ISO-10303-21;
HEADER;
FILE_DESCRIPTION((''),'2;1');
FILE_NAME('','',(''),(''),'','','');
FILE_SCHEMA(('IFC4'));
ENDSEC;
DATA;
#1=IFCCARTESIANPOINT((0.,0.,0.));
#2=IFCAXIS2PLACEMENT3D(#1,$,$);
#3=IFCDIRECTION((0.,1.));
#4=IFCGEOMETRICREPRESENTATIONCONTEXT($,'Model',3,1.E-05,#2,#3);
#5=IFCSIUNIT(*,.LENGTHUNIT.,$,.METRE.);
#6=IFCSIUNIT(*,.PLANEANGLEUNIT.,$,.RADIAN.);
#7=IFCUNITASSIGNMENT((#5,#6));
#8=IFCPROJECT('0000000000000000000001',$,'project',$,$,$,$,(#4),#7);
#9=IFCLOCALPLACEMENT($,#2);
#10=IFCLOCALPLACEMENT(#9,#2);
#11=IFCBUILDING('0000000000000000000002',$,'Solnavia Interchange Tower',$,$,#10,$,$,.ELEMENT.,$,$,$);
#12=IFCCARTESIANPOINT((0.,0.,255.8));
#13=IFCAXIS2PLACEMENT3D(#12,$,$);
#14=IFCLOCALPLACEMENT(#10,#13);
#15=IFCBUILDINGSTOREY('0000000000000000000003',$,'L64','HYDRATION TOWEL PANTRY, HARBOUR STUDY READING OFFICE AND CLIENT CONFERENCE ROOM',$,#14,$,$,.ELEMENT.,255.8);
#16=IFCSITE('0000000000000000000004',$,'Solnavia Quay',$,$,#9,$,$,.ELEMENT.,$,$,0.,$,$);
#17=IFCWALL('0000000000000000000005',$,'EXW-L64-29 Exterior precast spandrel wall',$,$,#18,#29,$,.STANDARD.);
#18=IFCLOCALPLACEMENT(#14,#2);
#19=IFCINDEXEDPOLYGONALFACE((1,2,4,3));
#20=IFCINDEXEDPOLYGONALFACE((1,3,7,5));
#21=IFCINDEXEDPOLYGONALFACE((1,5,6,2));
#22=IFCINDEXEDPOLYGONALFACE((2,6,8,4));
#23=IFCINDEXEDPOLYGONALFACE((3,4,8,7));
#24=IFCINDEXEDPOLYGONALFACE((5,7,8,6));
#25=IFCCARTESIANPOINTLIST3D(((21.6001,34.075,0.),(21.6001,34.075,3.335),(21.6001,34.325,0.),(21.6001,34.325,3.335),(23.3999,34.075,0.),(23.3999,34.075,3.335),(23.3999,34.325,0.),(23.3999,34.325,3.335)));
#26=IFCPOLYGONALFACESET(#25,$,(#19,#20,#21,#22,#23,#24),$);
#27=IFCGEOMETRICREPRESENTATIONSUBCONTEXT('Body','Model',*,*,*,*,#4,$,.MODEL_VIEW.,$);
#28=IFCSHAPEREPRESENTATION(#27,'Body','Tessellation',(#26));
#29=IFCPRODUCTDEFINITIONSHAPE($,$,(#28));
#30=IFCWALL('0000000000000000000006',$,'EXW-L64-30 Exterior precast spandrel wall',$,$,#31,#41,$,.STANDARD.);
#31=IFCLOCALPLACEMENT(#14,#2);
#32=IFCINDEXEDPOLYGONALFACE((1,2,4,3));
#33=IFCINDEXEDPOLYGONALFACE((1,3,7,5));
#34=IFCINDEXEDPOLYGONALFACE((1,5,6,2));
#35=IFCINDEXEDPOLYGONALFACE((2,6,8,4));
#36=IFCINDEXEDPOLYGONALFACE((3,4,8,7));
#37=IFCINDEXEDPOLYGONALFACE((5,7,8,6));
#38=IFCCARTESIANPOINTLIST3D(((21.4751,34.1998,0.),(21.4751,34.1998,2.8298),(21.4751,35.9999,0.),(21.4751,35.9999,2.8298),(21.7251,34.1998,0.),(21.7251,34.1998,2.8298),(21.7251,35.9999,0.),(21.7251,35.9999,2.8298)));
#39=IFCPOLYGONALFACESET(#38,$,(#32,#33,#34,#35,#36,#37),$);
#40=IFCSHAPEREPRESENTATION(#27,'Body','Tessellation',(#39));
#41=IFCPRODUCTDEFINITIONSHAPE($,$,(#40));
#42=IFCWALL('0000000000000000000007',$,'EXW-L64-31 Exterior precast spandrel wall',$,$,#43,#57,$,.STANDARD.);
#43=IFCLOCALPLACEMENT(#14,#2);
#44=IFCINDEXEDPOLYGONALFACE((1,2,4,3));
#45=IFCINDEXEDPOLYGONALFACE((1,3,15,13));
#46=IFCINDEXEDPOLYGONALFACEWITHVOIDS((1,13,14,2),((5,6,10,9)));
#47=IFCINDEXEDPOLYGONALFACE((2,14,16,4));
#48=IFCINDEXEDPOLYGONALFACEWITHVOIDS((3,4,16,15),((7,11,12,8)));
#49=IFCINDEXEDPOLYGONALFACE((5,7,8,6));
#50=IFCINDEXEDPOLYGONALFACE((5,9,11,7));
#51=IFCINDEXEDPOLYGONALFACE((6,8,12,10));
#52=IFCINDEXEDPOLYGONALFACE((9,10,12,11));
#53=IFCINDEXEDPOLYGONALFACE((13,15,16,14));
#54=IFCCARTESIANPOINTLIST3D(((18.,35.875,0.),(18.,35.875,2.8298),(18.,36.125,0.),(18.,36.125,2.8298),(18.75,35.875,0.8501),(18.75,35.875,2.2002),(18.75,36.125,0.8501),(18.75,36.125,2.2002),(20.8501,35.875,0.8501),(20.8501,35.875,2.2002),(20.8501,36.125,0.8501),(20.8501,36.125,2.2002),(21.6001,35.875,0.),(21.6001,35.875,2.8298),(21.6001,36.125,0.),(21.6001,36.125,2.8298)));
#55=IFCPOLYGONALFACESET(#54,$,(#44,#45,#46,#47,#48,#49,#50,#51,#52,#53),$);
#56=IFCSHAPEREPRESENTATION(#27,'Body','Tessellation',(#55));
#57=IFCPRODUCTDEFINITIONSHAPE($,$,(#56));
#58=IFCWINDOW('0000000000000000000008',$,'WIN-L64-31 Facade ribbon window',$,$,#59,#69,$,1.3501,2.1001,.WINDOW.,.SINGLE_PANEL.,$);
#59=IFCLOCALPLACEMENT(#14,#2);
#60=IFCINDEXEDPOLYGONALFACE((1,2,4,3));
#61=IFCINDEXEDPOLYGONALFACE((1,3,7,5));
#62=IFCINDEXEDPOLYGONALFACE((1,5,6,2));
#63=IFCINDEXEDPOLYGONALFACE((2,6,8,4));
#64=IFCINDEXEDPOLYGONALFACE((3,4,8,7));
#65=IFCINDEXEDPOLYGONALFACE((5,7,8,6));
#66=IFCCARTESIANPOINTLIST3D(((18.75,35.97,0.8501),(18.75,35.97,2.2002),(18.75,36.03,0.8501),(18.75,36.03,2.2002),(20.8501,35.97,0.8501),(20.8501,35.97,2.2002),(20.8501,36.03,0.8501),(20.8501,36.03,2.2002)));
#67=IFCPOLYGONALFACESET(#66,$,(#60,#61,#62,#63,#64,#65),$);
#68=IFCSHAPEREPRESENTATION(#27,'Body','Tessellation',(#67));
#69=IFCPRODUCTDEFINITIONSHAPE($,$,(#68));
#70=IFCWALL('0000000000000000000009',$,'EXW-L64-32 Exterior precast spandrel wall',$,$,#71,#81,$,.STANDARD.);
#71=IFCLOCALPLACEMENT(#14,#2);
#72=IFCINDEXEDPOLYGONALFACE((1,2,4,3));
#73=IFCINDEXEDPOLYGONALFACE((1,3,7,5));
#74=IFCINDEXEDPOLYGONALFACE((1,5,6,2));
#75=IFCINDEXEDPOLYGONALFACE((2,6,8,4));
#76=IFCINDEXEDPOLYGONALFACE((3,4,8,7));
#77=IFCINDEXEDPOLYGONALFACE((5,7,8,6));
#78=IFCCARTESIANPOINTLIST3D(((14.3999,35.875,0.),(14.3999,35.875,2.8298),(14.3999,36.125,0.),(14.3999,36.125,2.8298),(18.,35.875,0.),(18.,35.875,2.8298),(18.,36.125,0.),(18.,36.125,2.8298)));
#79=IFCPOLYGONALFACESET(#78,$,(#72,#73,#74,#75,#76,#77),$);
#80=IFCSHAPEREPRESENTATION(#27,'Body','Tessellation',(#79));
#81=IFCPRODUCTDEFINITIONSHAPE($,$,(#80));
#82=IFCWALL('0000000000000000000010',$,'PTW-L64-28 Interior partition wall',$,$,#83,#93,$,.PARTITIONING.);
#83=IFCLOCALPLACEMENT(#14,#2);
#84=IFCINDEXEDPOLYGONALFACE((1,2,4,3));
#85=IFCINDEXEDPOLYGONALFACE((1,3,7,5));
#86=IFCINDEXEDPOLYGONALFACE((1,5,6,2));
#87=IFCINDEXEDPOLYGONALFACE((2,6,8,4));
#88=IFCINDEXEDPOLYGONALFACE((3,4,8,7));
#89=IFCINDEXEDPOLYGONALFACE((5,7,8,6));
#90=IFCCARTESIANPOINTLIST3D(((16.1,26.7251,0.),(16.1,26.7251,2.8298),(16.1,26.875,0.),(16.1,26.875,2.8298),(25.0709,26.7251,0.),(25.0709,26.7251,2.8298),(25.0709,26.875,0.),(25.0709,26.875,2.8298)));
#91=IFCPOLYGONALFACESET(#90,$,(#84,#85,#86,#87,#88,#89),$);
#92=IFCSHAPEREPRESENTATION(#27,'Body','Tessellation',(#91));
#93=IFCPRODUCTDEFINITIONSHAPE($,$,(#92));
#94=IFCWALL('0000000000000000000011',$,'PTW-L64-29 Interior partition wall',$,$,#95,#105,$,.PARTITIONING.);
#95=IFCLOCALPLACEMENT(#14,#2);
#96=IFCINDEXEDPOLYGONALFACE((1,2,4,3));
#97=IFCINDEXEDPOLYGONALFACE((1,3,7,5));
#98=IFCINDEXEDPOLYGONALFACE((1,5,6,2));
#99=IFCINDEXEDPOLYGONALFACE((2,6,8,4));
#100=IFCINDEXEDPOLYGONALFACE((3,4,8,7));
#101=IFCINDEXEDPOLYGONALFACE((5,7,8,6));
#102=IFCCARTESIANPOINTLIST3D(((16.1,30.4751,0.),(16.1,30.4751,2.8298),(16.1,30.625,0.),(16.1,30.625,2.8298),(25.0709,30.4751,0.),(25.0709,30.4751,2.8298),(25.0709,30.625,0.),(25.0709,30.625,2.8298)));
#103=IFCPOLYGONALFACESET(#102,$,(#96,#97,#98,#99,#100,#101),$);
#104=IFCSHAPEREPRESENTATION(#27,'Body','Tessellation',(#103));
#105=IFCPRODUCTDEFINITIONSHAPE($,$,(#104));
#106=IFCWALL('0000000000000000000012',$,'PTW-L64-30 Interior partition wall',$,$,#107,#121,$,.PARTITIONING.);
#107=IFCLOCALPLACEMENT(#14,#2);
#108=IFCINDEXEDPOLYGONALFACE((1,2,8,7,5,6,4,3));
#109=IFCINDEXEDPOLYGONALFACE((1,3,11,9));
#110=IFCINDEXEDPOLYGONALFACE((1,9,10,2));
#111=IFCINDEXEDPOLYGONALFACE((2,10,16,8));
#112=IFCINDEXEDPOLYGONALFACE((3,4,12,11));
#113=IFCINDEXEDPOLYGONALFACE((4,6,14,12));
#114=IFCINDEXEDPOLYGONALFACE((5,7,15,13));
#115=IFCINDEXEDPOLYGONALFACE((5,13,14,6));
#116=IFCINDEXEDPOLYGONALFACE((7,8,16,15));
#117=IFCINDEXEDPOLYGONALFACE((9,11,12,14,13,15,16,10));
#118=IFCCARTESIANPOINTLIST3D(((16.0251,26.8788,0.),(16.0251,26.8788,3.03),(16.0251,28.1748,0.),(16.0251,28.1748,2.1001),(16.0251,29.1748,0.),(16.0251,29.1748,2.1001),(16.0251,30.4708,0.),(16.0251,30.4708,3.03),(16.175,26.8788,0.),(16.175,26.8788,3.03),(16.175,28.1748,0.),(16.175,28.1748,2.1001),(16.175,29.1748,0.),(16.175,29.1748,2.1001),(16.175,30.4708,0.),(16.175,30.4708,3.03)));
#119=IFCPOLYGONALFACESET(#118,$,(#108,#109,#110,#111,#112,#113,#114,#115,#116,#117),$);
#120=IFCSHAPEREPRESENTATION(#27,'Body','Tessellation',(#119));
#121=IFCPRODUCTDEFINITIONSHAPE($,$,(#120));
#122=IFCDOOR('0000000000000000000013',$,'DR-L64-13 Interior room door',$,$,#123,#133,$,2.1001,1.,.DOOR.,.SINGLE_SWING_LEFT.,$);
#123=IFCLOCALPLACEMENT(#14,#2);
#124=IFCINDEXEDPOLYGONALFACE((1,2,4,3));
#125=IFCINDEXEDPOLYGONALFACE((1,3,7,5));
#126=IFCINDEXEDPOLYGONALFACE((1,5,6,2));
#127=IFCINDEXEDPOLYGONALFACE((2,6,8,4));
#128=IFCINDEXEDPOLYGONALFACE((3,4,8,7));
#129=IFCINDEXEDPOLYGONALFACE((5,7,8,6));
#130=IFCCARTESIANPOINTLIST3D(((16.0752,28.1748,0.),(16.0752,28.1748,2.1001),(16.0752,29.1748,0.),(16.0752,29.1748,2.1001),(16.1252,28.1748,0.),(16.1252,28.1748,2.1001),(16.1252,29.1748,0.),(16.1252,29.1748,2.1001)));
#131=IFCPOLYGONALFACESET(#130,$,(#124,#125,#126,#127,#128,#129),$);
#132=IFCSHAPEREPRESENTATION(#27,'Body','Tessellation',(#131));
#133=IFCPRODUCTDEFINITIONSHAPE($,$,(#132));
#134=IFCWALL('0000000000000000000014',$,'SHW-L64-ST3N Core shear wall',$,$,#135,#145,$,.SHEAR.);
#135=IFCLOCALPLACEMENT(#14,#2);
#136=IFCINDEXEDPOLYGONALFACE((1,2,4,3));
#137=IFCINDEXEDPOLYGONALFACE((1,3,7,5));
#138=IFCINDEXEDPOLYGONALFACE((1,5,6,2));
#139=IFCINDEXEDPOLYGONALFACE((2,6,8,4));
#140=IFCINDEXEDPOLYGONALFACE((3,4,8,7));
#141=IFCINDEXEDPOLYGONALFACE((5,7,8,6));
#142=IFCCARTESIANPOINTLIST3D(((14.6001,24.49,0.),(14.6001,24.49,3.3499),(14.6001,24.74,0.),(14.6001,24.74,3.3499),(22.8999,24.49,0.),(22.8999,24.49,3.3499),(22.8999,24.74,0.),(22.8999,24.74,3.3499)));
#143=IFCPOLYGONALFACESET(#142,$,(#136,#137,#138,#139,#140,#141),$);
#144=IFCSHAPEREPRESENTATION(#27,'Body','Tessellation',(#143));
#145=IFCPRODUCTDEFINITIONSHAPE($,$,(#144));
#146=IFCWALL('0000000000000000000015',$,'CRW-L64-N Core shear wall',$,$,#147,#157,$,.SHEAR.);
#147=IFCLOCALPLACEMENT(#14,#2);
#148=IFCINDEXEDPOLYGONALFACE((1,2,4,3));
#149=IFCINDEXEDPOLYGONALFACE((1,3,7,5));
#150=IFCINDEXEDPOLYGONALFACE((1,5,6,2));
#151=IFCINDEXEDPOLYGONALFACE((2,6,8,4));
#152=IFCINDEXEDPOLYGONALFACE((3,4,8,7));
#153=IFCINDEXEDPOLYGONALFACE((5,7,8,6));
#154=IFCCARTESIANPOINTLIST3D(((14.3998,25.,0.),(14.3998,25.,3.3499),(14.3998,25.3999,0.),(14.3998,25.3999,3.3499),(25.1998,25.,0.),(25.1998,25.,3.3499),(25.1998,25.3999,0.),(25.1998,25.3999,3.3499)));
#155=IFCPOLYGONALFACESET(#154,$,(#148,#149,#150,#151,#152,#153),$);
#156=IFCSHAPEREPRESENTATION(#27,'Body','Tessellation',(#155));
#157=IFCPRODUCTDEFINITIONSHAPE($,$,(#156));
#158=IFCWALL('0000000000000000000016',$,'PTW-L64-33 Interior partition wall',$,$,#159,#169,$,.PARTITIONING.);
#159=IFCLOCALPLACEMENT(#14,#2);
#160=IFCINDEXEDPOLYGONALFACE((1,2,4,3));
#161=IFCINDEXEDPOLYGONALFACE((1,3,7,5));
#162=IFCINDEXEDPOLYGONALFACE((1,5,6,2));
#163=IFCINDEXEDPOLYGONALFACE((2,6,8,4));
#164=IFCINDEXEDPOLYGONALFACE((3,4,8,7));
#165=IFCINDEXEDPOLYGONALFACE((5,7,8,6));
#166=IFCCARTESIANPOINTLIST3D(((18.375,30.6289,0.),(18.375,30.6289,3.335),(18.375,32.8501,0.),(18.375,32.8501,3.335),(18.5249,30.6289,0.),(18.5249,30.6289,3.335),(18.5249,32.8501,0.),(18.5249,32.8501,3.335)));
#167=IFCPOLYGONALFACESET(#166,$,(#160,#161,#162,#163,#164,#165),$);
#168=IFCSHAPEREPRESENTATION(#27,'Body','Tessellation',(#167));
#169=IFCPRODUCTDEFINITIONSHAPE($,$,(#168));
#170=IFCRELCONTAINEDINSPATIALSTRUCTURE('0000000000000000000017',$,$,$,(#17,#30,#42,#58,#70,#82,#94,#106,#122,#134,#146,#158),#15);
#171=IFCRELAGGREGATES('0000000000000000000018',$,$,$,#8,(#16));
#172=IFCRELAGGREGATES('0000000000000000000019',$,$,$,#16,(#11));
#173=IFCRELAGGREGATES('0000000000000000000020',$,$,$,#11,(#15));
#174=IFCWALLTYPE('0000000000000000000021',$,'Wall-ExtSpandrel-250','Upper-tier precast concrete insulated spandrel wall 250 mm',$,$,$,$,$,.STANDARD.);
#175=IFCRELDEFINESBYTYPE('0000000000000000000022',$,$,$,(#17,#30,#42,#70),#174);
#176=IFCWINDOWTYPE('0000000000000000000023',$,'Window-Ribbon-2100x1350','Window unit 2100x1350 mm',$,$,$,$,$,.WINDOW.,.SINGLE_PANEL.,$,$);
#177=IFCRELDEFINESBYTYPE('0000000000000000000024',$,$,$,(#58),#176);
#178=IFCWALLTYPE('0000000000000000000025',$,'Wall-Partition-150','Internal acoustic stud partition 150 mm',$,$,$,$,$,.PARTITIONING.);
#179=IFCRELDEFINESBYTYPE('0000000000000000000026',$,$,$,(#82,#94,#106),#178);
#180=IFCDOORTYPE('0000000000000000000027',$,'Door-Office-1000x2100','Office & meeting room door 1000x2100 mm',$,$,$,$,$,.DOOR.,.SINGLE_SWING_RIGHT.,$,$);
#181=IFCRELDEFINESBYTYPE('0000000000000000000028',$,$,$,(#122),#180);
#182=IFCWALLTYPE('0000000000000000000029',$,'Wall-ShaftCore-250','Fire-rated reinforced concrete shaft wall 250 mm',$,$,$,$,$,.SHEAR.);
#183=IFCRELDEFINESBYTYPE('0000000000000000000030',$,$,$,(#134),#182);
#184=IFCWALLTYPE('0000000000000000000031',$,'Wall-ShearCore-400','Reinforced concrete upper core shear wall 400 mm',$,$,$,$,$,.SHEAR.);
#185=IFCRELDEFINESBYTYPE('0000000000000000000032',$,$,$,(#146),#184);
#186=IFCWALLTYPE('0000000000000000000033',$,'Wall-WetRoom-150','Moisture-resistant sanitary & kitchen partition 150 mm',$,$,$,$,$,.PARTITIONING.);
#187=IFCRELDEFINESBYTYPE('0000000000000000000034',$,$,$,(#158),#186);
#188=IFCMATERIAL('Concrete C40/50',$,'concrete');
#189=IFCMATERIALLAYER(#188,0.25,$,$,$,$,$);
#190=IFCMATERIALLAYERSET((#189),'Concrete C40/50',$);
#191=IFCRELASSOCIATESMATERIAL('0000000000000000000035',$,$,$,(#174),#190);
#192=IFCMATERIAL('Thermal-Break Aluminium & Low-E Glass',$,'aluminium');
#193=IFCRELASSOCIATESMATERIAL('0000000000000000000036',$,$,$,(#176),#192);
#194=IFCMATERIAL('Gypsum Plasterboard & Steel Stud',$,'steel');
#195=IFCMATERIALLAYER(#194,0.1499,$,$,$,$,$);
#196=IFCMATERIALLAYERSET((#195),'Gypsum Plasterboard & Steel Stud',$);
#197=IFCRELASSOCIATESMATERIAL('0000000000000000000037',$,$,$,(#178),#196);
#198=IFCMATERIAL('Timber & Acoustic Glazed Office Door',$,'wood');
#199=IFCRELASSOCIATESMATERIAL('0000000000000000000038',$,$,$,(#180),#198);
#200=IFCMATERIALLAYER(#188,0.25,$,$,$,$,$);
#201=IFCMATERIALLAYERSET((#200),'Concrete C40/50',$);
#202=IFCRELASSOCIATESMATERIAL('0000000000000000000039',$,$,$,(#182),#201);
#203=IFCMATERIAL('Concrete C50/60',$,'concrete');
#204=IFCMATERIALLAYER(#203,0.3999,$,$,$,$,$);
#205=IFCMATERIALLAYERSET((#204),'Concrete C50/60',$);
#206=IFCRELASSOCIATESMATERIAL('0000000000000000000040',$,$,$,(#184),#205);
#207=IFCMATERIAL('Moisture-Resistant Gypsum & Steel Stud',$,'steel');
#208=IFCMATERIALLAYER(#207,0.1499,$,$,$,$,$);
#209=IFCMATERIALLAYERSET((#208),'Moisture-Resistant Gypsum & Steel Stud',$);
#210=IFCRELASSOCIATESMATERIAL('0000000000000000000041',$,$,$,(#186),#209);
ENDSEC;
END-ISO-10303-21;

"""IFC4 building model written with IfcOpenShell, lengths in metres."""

from ifc_helpers import new_model, si_unit, direction, frame, frame_2d, origin, place, context, subcontext, project, spatial, rectangle, extrude, material, layer, layer_set, type_object, element, fill, save


model = new_model("IFC4")

# Units and contexts
model_context = context("Model", 3, precision=1e-05, world=origin(), true_north=direction((0.0, 1.0)))
body_context = subcontext(model_context, "Body", "Model", "MODEL_VIEW")
ifc_project = project(units=[si_unit("LENGTHUNIT", "METRE"), si_unit("PLANEANGLEUNIT", "RADIAN")], contexts=[model_context])

# Site, building, storey
site_placement = place(None, origin())
site = spatial("IfcSite", under=ifc_project, at=site_placement, Name="Solnavia Quay", CompositionType="ELEMENT", RefElevation=0.0)
building_placement = place(site_placement, origin())
building = spatial("IfcBuilding", under=site, at=building_placement, Name="Solnavia Interchange Tower", CompositionType="ELEMENT")
storey_placement = place(building_placement, frame((0.0, 0.0, 255.8)))
storey = spatial("IfcBuildingStorey", under=building, at=storey_placement, Name="L64", Description="HYDRATION TOWEL PANTRY, HARBOUR STUDY READING OFFICE AND CLIENT CONFERENCE ROOM", CompositionType="ELEMENT", Elevation=255.8)

# Shared definitions
ifc_material_1 = material(Name="Concrete C50/60", Category="concrete")

# Walls
ifc_material_2 = material(Name="Concrete C40/50", Category="concrete")
ifc_layer_1 = layer(ifc_material_2, 0.25)
ifc_layer_set_1 = layer_set([ifc_layer_1], Name="Concrete C40/50")
wall_type_1 = type_object("IfcWallType", Name="Wall-ExtSpandrel-250", Description="Upper-tier precast concrete insulated spandrel wall 250 mm", PredefinedType="STANDARD", material=ifc_layer_set_1)
wall_1_placement = place(storey_placement, frame((21.6001, 34.2, 0.0), z_axis=(0.0, 0.0, 1.0), x_axis=(1.0, 0.0, 0.0)))
element("IfcWall", 1, at=wall_1_placement, inside=storey, type_object=wall_type_1, Name="EXW-L64-29 Exterior precast spandrel wall", PredefinedType="STANDARD", context=body_context, shape_type="SweptSolid", body=[
    extrude(rectangle(XDim=1.7998, YDim=0.25, at=frame_2d((0.8999, 0.0))), origin(), (0.0, 0.0, 1.0), 3.335),
])
wall_2_placement = place(storey_placement, frame((21.6001, 34.2, 0.0), z_axis=(0.0, 0.0, 1.0), x_axis=(0.0, 1.0, 0.0)))
element("IfcWall", 2, at=wall_2_placement, inside=storey, type_object=wall_type_1, Name="EXW-L64-30 Exterior precast spandrel wall", PredefinedType="STANDARD", context=body_context, shape_type="SweptSolid", body=[
    extrude(rectangle(XDim=1.8, YDim=0.25, at=frame_2d((0.8999, 0.0))), origin(), (0.0, 0.0, 1.0), 2.8298),
])

# Wall, opening, window
wall_3_placement = place(storey_placement, frame((18.0, 36.0, 0.0), z_axis=(0.0, 0.0, 1.0), x_axis=(1.0, 0.0, 0.0)))
wall_3 = element("IfcWall", 3, at=wall_3_placement, inside=storey, type_object=wall_type_1, Name="EXW-L64-31 Exterior precast spandrel wall", PredefinedType="STANDARD", context=body_context, shape_type="SweptSolid", body=[
    extrude(rectangle(XDim=3.6001, YDim=0.25, at=frame_2d((1.8, 0.0))), origin(), (0.0, 0.0, 1.0), 2.8298),
])
opening_1_placement = place(wall_3_placement, frame((0.75, 0.0, 0.8501)))
opening_1 = element("IfcOpeningElement", 4, at=opening_1_placement, cuts=wall_3, PredefinedType="OPENING", context=body_context, shape_type="SweptSolid", body=[
    extrude(rectangle(XDim=2.1001, YDim=1.3501, at=frame_2d((1.05, 0.675))), frame((0.0, 0.135, 0.0), z_axis=(0.0, -1.0, 0.0), x_axis=(1.0, 0.0, 0.0)), (0.0, 0.0, 1.0), 0.27),
])
ifc_material_3 = material(Name="Thermal-Break Aluminium & Low-E Glass", Category="aluminium")
window_type = type_object("IfcWindowType", Name="Window-Ribbon-2100x1350", Description="Window unit 2100x1350 mm", PartitioningType="SINGLE_PANEL", PredefinedType="WINDOW", material=ifc_material_3)
window_placement = place(opening_1_placement, origin())
window = element("IfcWindow", 5, at=window_placement, inside=storey, type_object=window_type, Name="WIN-L64-31 Facade ribbon window", OverallHeight=1.3501, OverallWidth=2.1001, PartitioningType="SINGLE_PANEL", PredefinedType="WINDOW", context=body_context, shape_type="SweptSolid", body=[
    extrude(rectangle(XDim=2.1001, YDim=1.3501, at=frame_2d((1.05, 0.675))), frame((0.0, 0.03, 0.0), z_axis=(0.0, -1.0, 0.0), x_axis=(1.0, 0.0, 0.0)), (0.0, 0.0, 1.0), 0.0601),
])
fill(opening_1, window)

# Walls
wall_4_placement = place(storey_placement, frame((14.3999, 36.0, 0.0), z_axis=(0.0, 0.0, 1.0), x_axis=(1.0, 0.0, 0.0)))
element("IfcWall", 6, at=wall_4_placement, inside=storey, type_object=wall_type_1, Name="EXW-L64-32 Exterior precast spandrel wall", PredefinedType="STANDARD", context=body_context, shape_type="SweptSolid", body=[
    extrude(rectangle(XDim=3.6001, YDim=0.25, at=frame_2d((1.8, 0.0))), origin(), (0.0, 0.0, 1.0), 2.8298),
])
ifc_material_4 = material(Name="Gypsum Plasterboard & Steel Stud", Category="steel")
ifc_layer_2 = layer(ifc_material_4, 0.1499)
ifc_layer_set_2 = layer_set([ifc_layer_2], Name="Gypsum Plasterboard & Steel Stud")
wall_type_2 = type_object("IfcWallType", Name="Wall-Partition-150", Description="Internal acoustic stud partition 150 mm", PredefinedType="PARTITIONING", material=ifc_layer_set_2)
for number, where, z_axis, x_axis, name in (
    (7, (16.1001, 26.8, 0.0), (0.0, 0.0, 1.0), (1.0, 0.0, 0.0), "PTW-L64-28 Interior partition wall"),
    (8, (16.1001, 30.55, 0.0), (0.0, 0.0, 1.0), (1.0, 0.0, 0.0), "PTW-L64-29 Interior partition wall"),
):
    element("IfcWall", number, at=place(storey_placement, frame(where, z_axis=z_axis, x_axis=x_axis)), inside=storey, type_object=wall_type_2, Name=name, PredefinedType="PARTITIONING", context=body_context, shape_type="SweptSolid", body=[
        extrude(rectangle(XDim=8.9709, YDim=0.1499, at=frame_2d((4.4854, 0.0))), origin(), (0.0, 0.0, 1.0), 2.8298),
    ])

# Wall, opening, door
wall_5_placement = place(storey_placement, frame((16.1001, 26.8789, 0.0), z_axis=(0.0, 0.0, 1.0), x_axis=(0.0, 1.0, 0.0)))
wall_5 = element("IfcWall", 9, at=wall_5_placement, inside=storey, type_object=wall_type_2, Name="PTW-L64-30 Interior partition wall", PredefinedType="PARTITIONING", context=body_context, shape_type="SweptSolid", body=[
    extrude(rectangle(XDim=3.592, YDim=0.1499, at=frame_2d((1.7959, 0.0))), origin(), (0.0, 0.0, 1.0), 3.03),
])
opening_2_placement = place(wall_5_placement, frame((1.2959, 0.0, 0.0)))
opening_2 = element("IfcOpeningElement", 10, at=opening_2_placement, cuts=wall_5, PredefinedType="OPENING", context=body_context, shape_type="SweptSolid", body=[
    extrude(rectangle(XDim=1.0, YDim=2.1001, at=frame_2d((0.5, 1.05))), frame((0.0, 0.085, 0.0), z_axis=(0.0, -1.0, 0.0), x_axis=(1.0, 0.0, 0.0)), (0.0, 0.0, 1.0), 0.1699),
])
ifc_material_5 = material(Name="Timber & Acoustic Glazed Office Door", Category="wood")
door_type_1 = type_object("IfcDoorType", Name="Door-Office-1000x2100", Description="Office & meeting room door 1000x2100 mm", OperationType="SINGLE_SWING_RIGHT", PredefinedType="DOOR", material=ifc_material_5)
door_1_placement = place(opening_2_placement, origin())
door_1 = element("IfcDoor", 11, at=door_1_placement, inside=storey, type_object=door_type_1, Name="DR-L64-13 Interior room door", OperationType="SINGLE_SWING_LEFT", OverallHeight=2.1001, OverallWidth=1.0, PredefinedType="DOOR", context=body_context, shape_type="SweptSolid", body=[
    extrude(rectangle(XDim=1.0, YDim=2.1001, at=frame_2d((0.5, 1.05))), frame((0.0, 0.0249, 0.0), z_axis=(0.0, -1.0, 0.0), x_axis=(1.0, 0.0, 0.0)), (0.0, 0.0, 1.0), 0.05),
])
fill(opening_2, door_1)

# Walls
ifc_layer_3 = layer(ifc_material_2, 0.25)
ifc_layer_set_3 = layer_set([ifc_layer_3], Name="Concrete C40/50")
wall_type_3 = type_object("IfcWallType", Name="Wall-ShaftCore-250", Description="Fire-rated reinforced concrete shaft wall 250 mm", PredefinedType="SHEAR", material=ifc_layer_set_3)
wall_6_placement = place(storey_placement, frame((14.6001, 24.615, 0.0), z_axis=(0.0, 0.0, 1.0), x_axis=(1.0, 0.0, 0.0)))
element("IfcWall", 12, at=wall_6_placement, inside=storey, type_object=wall_type_3, Name="SHW-L64-ST3N Core shear wall", PredefinedType="SHEAR", context=body_context, shape_type="SweptSolid", body=[
    extrude(rectangle(XDim=8.2998, YDim=0.25, at=frame_2d((4.1499, 0.0))), origin(), (0.0, 0.0, 1.0), 3.3499),
])
ifc_layer_4 = layer(ifc_material_1, 0.3999)
ifc_layer_set_4 = layer_set([ifc_layer_4], Name="Concrete C50/60")
wall_type_4 = type_object("IfcWallType", Name="Wall-ShearCore-400", Description="Reinforced concrete upper core shear wall 400 mm", PredefinedType="SHEAR", material=ifc_layer_set_4)
wall_7_placement = place(storey_placement, frame((14.3999, 25.2, 0.0), z_axis=(0.0, 0.0, 1.0), x_axis=(1.0, 0.0, 0.0)))
element("IfcWall", 13, at=wall_7_placement, inside=storey, type_object=wall_type_4, Name="CRW-L64-N Core shear wall", PredefinedType="SHEAR", context=body_context, shape_type="SweptSolid", body=[
    extrude(rectangle(XDim=10.8, YDim=0.3999, at=frame_2d((5.3999, 0.0))), origin(), (0.0, 0.0, 1.0), 3.3499),
])
ifc_material_6 = material(Name="Moisture-Resistant Gypsum & Steel Stud", Category="steel")
ifc_layer_5 = layer(ifc_material_6, 0.1499)
ifc_layer_set_5 = layer_set([ifc_layer_5], Name="Moisture-Resistant Gypsum & Steel Stud")
wall_type_5 = type_object("IfcWallType", Name="Wall-WetRoom-150", Description="Moisture-resistant sanitary & kitchen partition 150 mm", PredefinedType="PARTITIONING", material=ifc_layer_set_5)
wall_8_placement = place(storey_placement, frame((18.45, 30.6289, 0.0), z_axis=(0.0, 0.0, 1.0), x_axis=(0.0, 1.0, 0.0)))
element("IfcWall", 14, at=wall_8_placement, inside=storey, type_object=wall_type_5, Name="PTW-L64-33 Interior partition wall", PredefinedType="PARTITIONING", context=body_context, shape_type="SweptSolid", body=[
    extrude(rectangle(XDim=2.2212, YDim=0.1499, at=frame_2d((1.1106, 0.0))), origin(), (0.0, 0.0, 1.0), 3.335),
])

save(model, "model.ifc")
